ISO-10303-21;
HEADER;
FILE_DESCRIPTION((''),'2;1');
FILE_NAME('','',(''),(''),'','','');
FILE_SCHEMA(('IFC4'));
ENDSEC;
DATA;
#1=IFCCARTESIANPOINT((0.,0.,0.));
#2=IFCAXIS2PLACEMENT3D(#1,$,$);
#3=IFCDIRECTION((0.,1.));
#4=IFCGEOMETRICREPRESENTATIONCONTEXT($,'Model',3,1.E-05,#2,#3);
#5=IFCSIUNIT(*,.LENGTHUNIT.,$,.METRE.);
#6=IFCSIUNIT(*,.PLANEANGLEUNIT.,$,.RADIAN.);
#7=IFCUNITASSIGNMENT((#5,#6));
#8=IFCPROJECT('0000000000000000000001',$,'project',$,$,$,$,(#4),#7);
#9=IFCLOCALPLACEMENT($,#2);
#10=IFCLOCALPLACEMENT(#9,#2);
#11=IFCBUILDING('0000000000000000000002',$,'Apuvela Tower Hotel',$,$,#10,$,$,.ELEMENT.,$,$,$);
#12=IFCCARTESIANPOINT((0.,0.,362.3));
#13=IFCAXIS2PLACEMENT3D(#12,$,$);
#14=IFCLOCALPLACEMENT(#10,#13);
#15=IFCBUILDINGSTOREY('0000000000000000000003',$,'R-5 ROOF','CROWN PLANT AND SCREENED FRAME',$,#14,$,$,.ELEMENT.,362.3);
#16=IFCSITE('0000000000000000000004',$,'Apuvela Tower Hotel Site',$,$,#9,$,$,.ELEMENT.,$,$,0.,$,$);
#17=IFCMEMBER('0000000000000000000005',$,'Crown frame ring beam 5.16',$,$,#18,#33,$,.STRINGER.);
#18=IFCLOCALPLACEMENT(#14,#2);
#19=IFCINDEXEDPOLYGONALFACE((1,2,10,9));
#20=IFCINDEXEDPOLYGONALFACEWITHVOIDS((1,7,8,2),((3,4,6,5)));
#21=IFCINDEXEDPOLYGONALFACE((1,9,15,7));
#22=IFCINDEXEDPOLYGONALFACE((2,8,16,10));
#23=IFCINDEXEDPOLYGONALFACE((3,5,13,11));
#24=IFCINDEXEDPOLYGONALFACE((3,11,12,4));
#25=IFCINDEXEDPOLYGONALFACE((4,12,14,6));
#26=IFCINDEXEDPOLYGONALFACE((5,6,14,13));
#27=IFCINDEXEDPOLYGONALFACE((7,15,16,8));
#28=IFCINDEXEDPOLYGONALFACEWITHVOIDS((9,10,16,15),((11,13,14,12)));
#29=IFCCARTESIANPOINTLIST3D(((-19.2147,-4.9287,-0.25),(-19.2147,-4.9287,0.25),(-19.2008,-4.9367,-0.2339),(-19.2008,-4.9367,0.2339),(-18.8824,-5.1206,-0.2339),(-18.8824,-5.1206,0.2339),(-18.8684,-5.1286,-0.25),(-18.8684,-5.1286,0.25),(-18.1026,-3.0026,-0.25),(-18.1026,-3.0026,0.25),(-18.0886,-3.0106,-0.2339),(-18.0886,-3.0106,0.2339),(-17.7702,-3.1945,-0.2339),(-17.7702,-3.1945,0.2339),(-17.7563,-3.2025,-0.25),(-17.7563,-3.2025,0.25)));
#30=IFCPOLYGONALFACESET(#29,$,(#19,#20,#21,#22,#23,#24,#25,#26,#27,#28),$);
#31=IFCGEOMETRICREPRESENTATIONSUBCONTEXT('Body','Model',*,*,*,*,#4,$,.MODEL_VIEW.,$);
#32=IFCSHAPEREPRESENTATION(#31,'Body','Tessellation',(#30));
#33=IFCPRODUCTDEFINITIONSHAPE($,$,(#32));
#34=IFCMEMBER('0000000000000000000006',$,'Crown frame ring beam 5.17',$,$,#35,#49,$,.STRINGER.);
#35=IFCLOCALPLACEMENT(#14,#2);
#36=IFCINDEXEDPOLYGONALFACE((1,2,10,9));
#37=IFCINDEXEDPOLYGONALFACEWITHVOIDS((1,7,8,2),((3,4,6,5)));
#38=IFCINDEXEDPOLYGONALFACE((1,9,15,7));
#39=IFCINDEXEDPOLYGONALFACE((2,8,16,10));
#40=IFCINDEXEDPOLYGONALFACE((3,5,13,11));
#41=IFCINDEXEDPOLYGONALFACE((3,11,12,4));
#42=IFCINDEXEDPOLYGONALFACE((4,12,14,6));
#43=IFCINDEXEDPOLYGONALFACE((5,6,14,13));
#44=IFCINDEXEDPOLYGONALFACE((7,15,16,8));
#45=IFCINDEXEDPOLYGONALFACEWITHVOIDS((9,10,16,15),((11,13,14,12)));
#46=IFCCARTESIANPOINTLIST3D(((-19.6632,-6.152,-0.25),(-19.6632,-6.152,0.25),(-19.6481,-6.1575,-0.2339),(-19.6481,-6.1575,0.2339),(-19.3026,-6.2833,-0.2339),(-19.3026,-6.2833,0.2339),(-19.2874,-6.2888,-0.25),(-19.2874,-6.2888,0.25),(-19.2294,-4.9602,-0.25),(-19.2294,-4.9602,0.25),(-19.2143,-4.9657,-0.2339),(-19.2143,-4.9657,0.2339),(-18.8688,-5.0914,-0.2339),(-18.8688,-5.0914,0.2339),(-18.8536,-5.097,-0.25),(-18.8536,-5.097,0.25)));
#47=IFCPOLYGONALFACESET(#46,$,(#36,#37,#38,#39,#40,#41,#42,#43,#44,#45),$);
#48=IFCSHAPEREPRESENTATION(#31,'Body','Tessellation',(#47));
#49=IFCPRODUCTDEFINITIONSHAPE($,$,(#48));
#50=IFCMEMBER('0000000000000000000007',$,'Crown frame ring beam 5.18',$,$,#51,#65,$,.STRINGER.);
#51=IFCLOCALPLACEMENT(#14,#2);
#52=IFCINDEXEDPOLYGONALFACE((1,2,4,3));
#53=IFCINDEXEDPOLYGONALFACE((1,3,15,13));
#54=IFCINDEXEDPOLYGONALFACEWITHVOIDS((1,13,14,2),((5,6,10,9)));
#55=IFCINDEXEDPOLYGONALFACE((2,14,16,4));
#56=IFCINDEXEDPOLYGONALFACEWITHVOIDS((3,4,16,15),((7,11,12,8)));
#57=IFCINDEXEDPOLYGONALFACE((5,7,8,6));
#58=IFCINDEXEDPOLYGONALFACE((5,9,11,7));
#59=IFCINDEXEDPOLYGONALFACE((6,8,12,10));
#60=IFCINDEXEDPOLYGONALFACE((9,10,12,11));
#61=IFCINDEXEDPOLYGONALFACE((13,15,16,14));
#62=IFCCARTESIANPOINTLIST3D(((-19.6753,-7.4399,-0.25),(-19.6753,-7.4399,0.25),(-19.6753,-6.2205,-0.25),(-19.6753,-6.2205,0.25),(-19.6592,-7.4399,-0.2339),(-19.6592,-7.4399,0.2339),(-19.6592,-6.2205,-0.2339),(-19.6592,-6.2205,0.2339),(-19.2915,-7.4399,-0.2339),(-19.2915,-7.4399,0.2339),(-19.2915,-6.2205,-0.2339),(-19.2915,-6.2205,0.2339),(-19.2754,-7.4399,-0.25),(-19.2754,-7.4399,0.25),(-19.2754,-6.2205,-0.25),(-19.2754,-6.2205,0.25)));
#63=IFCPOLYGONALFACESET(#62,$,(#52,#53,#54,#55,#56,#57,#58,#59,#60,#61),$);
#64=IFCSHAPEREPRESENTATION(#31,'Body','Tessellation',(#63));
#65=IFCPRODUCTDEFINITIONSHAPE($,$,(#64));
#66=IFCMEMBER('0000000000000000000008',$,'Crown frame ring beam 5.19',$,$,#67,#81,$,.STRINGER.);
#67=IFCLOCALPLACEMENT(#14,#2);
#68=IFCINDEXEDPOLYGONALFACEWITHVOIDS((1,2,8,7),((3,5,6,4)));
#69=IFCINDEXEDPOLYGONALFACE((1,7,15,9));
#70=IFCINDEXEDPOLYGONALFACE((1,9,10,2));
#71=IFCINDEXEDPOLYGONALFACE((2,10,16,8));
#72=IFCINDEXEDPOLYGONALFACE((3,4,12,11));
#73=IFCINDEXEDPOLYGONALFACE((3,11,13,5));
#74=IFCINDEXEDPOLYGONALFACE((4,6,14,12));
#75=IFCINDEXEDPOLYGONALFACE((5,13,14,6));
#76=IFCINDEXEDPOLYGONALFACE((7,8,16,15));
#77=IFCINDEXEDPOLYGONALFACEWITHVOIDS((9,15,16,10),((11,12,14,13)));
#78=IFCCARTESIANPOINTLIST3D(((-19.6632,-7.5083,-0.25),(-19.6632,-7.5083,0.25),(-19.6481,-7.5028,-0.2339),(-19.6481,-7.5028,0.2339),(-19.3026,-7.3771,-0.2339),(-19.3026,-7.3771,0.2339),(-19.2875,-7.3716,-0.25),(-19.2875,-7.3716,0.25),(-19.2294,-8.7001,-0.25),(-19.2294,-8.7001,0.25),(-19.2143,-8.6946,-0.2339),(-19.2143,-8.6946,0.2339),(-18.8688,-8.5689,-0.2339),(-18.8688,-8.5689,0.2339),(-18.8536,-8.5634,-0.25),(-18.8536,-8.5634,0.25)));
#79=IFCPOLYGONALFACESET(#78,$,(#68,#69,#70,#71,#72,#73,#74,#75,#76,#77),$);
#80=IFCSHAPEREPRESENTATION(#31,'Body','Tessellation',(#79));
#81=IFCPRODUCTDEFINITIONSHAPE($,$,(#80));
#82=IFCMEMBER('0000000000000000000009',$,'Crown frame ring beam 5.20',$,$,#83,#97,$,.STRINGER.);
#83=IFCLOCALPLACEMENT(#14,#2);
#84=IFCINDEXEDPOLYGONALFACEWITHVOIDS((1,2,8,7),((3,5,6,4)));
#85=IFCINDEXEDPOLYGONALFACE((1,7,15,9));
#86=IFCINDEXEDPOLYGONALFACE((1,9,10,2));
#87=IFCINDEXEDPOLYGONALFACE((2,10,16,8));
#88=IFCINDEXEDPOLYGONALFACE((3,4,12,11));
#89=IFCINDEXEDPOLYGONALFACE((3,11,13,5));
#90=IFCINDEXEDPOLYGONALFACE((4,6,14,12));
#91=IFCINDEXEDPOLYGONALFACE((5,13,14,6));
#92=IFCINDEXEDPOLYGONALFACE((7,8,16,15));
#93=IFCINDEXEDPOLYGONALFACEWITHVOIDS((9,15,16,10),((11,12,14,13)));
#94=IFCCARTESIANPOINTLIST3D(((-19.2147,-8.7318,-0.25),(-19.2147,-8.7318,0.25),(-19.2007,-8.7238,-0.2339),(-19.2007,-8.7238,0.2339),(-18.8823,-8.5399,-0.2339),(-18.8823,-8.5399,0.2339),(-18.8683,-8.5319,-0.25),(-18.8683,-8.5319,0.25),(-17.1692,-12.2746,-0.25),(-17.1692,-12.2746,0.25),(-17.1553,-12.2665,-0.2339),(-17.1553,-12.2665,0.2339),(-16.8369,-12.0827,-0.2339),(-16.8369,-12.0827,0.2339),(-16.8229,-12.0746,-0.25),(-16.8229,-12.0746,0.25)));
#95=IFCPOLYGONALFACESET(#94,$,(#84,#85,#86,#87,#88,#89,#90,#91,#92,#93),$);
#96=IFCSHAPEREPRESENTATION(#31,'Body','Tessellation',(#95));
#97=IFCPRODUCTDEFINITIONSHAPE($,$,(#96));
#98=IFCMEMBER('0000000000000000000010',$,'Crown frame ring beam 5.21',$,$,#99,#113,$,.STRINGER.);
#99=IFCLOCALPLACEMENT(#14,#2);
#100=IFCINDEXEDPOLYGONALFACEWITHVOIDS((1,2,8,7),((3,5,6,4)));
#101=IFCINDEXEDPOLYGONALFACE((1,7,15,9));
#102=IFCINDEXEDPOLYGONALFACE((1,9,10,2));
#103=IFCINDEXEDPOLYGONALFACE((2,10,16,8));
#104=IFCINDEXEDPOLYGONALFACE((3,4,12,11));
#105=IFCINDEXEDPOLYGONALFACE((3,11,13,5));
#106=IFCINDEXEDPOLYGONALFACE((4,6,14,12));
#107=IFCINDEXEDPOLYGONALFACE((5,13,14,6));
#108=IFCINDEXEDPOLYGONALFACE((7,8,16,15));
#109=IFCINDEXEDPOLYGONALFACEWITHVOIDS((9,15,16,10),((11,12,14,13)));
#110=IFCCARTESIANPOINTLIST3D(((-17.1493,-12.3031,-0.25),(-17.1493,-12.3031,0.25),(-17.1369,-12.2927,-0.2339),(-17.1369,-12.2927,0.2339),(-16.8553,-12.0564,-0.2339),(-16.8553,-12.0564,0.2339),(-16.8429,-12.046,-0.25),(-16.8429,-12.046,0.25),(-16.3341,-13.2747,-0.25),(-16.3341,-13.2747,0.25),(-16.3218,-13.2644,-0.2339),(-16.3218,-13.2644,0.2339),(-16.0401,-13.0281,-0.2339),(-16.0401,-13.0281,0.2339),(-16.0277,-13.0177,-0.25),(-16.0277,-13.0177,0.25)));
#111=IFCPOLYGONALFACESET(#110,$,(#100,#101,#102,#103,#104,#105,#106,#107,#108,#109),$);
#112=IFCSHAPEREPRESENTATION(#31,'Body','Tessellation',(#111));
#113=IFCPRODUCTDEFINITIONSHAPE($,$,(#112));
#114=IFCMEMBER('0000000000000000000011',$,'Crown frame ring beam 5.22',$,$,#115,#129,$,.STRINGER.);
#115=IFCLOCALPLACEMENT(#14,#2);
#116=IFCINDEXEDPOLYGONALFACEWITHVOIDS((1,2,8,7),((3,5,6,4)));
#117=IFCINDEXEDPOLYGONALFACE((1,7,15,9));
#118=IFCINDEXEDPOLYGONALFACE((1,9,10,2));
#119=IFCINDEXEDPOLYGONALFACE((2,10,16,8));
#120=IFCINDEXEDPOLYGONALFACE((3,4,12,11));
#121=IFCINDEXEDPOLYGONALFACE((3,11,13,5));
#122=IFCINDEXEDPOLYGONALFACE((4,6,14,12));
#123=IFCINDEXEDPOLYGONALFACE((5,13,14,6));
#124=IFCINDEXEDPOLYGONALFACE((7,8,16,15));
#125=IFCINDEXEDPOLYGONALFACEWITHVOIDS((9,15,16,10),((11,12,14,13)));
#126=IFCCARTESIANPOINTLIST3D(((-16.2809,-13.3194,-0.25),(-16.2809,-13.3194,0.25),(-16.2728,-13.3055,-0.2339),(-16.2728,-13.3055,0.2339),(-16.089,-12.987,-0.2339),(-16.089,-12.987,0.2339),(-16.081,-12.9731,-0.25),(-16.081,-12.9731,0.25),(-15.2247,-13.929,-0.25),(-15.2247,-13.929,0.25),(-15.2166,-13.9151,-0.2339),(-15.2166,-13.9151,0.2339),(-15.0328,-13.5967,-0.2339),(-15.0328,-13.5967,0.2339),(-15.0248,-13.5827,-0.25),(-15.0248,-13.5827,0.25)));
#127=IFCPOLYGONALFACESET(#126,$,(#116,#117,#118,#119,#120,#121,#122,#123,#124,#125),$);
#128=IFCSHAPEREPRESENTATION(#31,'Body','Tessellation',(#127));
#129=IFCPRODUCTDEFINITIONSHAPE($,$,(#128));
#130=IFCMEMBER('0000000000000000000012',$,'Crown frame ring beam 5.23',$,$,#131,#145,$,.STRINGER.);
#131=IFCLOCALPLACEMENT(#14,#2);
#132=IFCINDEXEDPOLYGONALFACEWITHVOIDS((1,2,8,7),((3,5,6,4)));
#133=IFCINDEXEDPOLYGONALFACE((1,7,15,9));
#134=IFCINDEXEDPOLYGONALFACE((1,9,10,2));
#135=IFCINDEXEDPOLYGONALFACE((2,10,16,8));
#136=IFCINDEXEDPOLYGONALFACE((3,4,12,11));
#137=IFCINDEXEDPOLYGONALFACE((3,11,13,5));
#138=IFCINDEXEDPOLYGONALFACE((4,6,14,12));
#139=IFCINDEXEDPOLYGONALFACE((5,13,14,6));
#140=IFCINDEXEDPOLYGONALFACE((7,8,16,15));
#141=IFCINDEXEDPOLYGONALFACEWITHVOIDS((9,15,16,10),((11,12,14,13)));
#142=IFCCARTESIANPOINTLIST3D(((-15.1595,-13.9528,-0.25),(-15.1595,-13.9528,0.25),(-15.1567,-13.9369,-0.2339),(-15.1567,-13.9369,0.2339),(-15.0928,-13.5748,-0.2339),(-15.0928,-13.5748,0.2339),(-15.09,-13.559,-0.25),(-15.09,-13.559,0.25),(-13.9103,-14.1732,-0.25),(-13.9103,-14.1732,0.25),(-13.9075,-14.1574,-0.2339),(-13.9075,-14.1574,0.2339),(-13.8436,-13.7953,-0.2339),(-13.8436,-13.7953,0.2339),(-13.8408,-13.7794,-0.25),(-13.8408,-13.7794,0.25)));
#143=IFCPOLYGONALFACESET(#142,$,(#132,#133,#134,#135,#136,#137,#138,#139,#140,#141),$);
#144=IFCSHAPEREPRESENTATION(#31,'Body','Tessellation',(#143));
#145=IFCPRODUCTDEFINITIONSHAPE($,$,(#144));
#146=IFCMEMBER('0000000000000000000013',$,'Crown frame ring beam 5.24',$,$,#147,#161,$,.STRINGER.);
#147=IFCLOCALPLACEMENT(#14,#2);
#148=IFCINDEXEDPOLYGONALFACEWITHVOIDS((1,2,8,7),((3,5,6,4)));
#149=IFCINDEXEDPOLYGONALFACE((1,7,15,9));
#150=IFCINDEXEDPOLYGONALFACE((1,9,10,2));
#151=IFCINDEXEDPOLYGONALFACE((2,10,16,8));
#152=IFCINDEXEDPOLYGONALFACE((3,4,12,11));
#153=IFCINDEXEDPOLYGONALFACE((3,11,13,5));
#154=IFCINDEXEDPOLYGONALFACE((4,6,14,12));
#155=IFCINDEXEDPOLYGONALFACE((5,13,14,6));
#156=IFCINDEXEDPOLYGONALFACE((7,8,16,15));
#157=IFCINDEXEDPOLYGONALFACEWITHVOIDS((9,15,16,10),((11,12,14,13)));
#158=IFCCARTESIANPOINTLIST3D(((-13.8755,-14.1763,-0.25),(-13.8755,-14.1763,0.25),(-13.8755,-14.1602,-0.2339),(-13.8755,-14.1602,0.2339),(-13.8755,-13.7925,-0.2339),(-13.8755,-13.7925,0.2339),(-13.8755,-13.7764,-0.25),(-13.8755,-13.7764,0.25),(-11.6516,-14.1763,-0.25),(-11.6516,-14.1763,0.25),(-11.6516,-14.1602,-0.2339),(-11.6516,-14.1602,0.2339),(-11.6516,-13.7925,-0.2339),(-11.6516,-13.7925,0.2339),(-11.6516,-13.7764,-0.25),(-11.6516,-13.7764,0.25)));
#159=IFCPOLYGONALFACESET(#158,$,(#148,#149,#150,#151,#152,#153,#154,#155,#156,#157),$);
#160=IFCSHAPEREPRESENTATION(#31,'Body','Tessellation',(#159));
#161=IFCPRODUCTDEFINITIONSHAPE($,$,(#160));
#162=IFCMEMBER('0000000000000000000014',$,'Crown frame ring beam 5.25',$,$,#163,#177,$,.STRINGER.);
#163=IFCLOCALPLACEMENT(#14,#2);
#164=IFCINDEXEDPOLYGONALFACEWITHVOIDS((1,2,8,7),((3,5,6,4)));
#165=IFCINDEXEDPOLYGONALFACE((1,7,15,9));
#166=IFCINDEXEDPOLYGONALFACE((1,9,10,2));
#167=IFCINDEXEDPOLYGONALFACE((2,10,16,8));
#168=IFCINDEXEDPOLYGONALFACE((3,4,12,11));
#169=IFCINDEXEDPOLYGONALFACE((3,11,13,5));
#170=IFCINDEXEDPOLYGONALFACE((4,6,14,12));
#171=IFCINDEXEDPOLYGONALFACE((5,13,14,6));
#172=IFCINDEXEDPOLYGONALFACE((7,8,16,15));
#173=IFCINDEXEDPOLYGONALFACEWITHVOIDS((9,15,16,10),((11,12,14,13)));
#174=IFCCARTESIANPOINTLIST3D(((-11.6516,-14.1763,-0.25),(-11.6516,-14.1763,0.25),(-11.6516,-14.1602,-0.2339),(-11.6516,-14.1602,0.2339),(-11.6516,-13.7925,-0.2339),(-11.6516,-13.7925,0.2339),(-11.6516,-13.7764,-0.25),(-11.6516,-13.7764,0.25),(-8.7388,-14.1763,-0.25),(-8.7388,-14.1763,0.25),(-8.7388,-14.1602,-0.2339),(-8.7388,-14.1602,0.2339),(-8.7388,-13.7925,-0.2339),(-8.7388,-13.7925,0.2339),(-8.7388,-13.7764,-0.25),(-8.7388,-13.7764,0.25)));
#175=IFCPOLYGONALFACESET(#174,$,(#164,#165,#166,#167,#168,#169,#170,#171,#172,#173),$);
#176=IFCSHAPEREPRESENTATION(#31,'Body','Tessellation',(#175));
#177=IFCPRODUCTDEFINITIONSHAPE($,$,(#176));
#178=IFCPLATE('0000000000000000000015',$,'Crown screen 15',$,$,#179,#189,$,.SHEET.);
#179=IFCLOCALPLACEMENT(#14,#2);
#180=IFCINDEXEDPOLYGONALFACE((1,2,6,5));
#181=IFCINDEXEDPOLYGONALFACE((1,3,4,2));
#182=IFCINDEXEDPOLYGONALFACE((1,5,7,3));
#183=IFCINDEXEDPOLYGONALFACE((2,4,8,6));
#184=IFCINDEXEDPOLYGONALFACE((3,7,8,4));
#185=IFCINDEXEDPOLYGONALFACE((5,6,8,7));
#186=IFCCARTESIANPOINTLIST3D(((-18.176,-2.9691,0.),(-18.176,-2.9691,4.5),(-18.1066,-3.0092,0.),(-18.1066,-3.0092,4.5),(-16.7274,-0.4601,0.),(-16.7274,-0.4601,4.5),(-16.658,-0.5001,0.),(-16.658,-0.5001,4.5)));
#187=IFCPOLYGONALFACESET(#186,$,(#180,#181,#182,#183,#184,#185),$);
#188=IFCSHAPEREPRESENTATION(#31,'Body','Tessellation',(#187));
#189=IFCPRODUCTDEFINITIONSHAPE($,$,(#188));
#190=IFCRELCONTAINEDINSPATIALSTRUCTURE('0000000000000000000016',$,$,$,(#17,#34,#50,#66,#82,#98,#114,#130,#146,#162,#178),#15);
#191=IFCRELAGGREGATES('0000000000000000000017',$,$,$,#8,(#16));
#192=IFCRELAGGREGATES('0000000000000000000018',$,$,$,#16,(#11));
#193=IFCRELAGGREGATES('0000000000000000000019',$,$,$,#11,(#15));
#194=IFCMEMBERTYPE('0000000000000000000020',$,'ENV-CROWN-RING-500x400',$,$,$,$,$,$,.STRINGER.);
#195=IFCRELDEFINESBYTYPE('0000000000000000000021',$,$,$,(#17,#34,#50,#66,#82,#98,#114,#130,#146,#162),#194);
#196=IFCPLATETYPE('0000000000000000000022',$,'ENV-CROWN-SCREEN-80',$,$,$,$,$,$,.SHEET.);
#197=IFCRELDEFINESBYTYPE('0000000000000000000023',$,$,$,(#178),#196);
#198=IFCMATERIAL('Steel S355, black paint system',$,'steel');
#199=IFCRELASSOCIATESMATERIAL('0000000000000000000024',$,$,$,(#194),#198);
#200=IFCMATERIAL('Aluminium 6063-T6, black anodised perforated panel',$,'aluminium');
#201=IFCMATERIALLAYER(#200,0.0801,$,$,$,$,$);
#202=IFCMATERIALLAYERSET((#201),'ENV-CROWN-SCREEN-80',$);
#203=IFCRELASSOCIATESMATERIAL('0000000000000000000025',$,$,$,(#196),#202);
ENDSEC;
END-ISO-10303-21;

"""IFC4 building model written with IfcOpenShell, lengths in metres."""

from ifc_helpers import new_model, si_unit, direction, frame, origin, origin_2d, place, context, subcontext, project, spatial, rectangle, hollow_rectangle, extrude, material, layer, layer_set, material_profile, profile_set, type_object, element, save


model = new_model("IFC4")

# Units and contexts
model_context = context("Model", 3, precision=1e-05, world=origin(), true_north=direction((0.0, 1.0)))
body_context = subcontext(model_context, "Body", "Model", "MODEL_VIEW")
ifc_project = project(units=[si_unit("LENGTHUNIT", "METRE"), si_unit("PLANEANGLEUNIT", "RADIAN")], contexts=[model_context])

# Site, building, storey
site_placement = place(None, origin())
site = spatial("IfcSite", under=ifc_project, at=site_placement, Name="Apuvela Tower Hotel Site", CompositionType="ELEMENT", RefElevation=0.0)
building_placement = place(site_placement, origin())
building = spatial("IfcBuilding", under=site, at=building_placement, Name="Apuvela Tower Hotel", CompositionType="ELEMENT")
storey_placement = place(building_placement, frame((0.0, 0.0, 362.3)))
storey = spatial("IfcBuildingStorey", under=building, at=storey_placement, Name="R-5 ROOF", Description="CROWN PLANT AND SCREENED FRAME", CompositionType="ELEMENT", Elevation=362.3)

# Members
ifc_material_1 = material(Name="Steel S355, black paint system", Category="steel")
ifc_material_profile_1 = material_profile(ifc_material_1, hollow_rectangle(XDim=0.3999, YDim=0.5, WallThickness=0.0161, at=origin_2d()), Name="HSS 500x400x16")
ifc_profile_set_1 = profile_set([ifc_material_profile_1], Name="Steel S355, black paint system")
member_type_1 = type_object("IfcMemberType", Name="ENV-CROWN-RING-500x400", PredefinedType="STRINGER", material=ifc_profile_set_1)
member_1_placement = place(storey_placement, frame((-17.9294, -3.1025, 0.0), z_axis=(-0.500023, -0.866012, 0.0), x_axis=(0.866012, -0.500023, 0.0)))
element("IfcMember", 1, at=member_1_placement, inside=storey, type_object=member_type_1, Name="Crown frame ring beam 5.16", PredefinedType="STRINGER", context=body_context, shape_type="SweptSolid", body=[
    extrude(hollow_rectangle(XDim=0.3999, YDim=0.5, WallThickness=0.0161, at=origin_2d()), origin(), (0.0, 0.0, 1.0), 2.2241),
])
member_2_placement = place(storey_placement, frame((-19.0415, -5.0286, 0.0), z_axis=(-0.342037, -0.939687, 0.0), x_axis=(0.939687, -0.342037, 0.0)))
element("IfcMember", 2, at=member_2_placement, inside=storey, type_object=member_type_1, Name="Crown frame ring beam 5.17", PredefinedType="STRINGER", context=body_context, shape_type="SweptSolid", body=[
    extrude(hollow_rectangle(XDim=0.3999, YDim=0.5, WallThickness=0.0161, at=origin_2d()), origin(), (0.0, 0.0, 1.0), 1.2683),
])
member_3_placement = place(storey_placement, frame((-19.4753, -6.2205, 0.0), z_axis=(0.0, -1.0, 0.0), x_axis=(1.0, 0.0, 0.0)))
element("IfcMember", 3, at=member_3_placement, inside=storey, type_object=member_type_1, Name="Crown frame ring beam 5.18", PredefinedType="STRINGER", context=body_context, shape_type="SweptSolid", body=[
    extrude(hollow_rectangle(XDim=0.3999, YDim=0.5, WallThickness=0.0161, at=origin_2d()), origin(), (0.0, 0.0, 1.0), 1.2195),
])
member_4_placement = place(storey_placement, frame((-19.4753, -7.4399, 0.0), z_axis=(0.342037, -0.939687, 0.0), x_axis=(0.939687, 0.342037, 0.0)))
element("IfcMember", 4, at=member_4_placement, inside=storey, type_object=member_type_1, Name="Crown frame ring beam 5.19", PredefinedType="STRINGER", context=body_context, shape_type="SweptSolid", body=[
    extrude(hollow_rectangle(XDim=0.3999, YDim=0.5, WallThickness=0.0161, at=origin_2d()), origin(), (0.0, 0.0, 1.0), 1.2683),
])
member_5_placement = place(storey_placement, frame((-19.0415, -8.6318, 0.0), z_axis=(0.500003, -0.866024, 0.0), x_axis=(0.866024, 0.500003, 0.0)))
element("IfcMember", 5, at=member_5_placement, inside=storey, type_object=member_type_1, Name="Crown frame ring beam 5.20", PredefinedType="STRINGER", context=body_context, shape_type="SweptSolid", body=[
    extrude(hollow_rectangle(XDim=0.3999, YDim=0.5, WallThickness=0.0161, at=origin_2d()), origin(), (0.0, 0.0, 1.0), 4.0908),
])
member_6_placement = place(storey_placement, frame((-16.9961, -12.1746, 0.0), z_axis=(0.642718, -0.766103, 0.0), x_axis=(0.766103, 0.642718, 0.0)))
element("IfcMember", 6, at=member_6_placement, inside=storey, type_object=member_type_1, Name="Crown frame ring beam 5.21", PredefinedType="STRINGER", context=body_context, shape_type="SweptSolid", body=[
    extrude(hollow_rectangle(XDim=0.3999, YDim=0.5, WallThickness=0.0161, at=origin_2d()), origin(), (0.0, 0.0, 1.0), 1.2683),
])
member_7_placement = place(storey_placement, frame((-16.1809, -13.1462, 0.0), z_axis=(0.866079, -0.499907, 0.0), x_axis=(0.499907, 0.866079, 0.0)))
element("IfcMember", 7, at=member_7_placement, inside=storey, type_object=member_type_1, Name="Crown frame ring beam 5.22", PredefinedType="STRINGER", context=body_context, shape_type="SweptSolid", body=[
    extrude(hollow_rectangle(XDim=0.3999, YDim=0.5, WallThickness=0.0161, at=origin_2d()), origin(), (0.0, 0.0, 1.0), 1.2195),
])
member_8_placement = place(storey_placement, frame((-15.1248, -13.7559, 0.0), z_axis=(0.984784, -0.173785, 0.0), x_axis=(0.173785, 0.984784, 0.0)))
element("IfcMember", 8, at=member_8_placement, inside=storey, type_object=member_type_1, Name="Crown frame ring beam 5.23", PredefinedType="STRINGER", context=body_context, shape_type="SweptSolid", body=[
    extrude(hollow_rectangle(XDim=0.3999, YDim=0.5, WallThickness=0.0161, at=origin_2d()), origin(), (0.0, 0.0, 1.0), 1.2686),
])
member_9_placement = place(storey_placement, frame((-13.8755, -13.9763, 0.0), z_axis=(1.0, 0.0, 0.0), x_axis=(0.0, 1.0, 0.0)))
element("IfcMember", 9, at=member_9_placement, inside=storey, type_object=member_type_1, Name="Crown frame ring beam 5.24", PredefinedType="STRINGER", context=body_context, shape_type="SweptSolid", body=[
    extrude(hollow_rectangle(XDim=0.3999, YDim=0.5, WallThickness=0.0161, at=origin_2d()), origin(), (0.0, 0.0, 1.0), 2.2239),
])
member_10_placement = place(storey_placement, frame((-11.6516, -13.9763, 0.0), z_axis=(1.0, 0.0, 0.0), x_axis=(0.0, 1.0, 0.0)))
element("IfcMember", 10, at=member_10_placement, inside=storey, type_object=member_type_1, Name="Crown frame ring beam 5.25", PredefinedType="STRINGER", context=body_context, shape_type="SweptSolid", body=[
    extrude(hollow_rectangle(XDim=0.3999, YDim=0.5, WallThickness=0.0161, at=origin_2d()), origin(), (0.0, 0.0, 1.0), 2.9128),
])

# Plate
ifc_material_2 = material(Name="Aluminium 6063-T6, black anodised perforated panel", Category="aluminium")
ifc_layer = layer(ifc_material_2, 0.0801)
ifc_layer_set = layer_set([ifc_layer], Name="ENV-CROWN-SCREEN-80")
plate_type = type_object("IfcPlateType", Name="ENV-CROWN-SCREEN-80", PredefinedType="SHEET", material=ifc_layer_set)
plate_1_placement = place(storey_placement, frame((-17.417, -1.7346, 0.0), z_axis=(0.0, 0.0, 1.0), x_axis=(-0.5, -0.866025, 0.0)))
element("IfcPlate", 11, at=plate_1_placement, inside=storey, type_object=plate_type, Name="Crown screen 15", PredefinedType="SHEET", context=body_context, shape_type="SweptSolid", body=[
    extrude(rectangle(XDim=2.8972, YDim=0.0801, at=origin_2d()), origin(), (0.0, 0.0, 1.0), 4.5),
])

save(model, "model.ifc")
